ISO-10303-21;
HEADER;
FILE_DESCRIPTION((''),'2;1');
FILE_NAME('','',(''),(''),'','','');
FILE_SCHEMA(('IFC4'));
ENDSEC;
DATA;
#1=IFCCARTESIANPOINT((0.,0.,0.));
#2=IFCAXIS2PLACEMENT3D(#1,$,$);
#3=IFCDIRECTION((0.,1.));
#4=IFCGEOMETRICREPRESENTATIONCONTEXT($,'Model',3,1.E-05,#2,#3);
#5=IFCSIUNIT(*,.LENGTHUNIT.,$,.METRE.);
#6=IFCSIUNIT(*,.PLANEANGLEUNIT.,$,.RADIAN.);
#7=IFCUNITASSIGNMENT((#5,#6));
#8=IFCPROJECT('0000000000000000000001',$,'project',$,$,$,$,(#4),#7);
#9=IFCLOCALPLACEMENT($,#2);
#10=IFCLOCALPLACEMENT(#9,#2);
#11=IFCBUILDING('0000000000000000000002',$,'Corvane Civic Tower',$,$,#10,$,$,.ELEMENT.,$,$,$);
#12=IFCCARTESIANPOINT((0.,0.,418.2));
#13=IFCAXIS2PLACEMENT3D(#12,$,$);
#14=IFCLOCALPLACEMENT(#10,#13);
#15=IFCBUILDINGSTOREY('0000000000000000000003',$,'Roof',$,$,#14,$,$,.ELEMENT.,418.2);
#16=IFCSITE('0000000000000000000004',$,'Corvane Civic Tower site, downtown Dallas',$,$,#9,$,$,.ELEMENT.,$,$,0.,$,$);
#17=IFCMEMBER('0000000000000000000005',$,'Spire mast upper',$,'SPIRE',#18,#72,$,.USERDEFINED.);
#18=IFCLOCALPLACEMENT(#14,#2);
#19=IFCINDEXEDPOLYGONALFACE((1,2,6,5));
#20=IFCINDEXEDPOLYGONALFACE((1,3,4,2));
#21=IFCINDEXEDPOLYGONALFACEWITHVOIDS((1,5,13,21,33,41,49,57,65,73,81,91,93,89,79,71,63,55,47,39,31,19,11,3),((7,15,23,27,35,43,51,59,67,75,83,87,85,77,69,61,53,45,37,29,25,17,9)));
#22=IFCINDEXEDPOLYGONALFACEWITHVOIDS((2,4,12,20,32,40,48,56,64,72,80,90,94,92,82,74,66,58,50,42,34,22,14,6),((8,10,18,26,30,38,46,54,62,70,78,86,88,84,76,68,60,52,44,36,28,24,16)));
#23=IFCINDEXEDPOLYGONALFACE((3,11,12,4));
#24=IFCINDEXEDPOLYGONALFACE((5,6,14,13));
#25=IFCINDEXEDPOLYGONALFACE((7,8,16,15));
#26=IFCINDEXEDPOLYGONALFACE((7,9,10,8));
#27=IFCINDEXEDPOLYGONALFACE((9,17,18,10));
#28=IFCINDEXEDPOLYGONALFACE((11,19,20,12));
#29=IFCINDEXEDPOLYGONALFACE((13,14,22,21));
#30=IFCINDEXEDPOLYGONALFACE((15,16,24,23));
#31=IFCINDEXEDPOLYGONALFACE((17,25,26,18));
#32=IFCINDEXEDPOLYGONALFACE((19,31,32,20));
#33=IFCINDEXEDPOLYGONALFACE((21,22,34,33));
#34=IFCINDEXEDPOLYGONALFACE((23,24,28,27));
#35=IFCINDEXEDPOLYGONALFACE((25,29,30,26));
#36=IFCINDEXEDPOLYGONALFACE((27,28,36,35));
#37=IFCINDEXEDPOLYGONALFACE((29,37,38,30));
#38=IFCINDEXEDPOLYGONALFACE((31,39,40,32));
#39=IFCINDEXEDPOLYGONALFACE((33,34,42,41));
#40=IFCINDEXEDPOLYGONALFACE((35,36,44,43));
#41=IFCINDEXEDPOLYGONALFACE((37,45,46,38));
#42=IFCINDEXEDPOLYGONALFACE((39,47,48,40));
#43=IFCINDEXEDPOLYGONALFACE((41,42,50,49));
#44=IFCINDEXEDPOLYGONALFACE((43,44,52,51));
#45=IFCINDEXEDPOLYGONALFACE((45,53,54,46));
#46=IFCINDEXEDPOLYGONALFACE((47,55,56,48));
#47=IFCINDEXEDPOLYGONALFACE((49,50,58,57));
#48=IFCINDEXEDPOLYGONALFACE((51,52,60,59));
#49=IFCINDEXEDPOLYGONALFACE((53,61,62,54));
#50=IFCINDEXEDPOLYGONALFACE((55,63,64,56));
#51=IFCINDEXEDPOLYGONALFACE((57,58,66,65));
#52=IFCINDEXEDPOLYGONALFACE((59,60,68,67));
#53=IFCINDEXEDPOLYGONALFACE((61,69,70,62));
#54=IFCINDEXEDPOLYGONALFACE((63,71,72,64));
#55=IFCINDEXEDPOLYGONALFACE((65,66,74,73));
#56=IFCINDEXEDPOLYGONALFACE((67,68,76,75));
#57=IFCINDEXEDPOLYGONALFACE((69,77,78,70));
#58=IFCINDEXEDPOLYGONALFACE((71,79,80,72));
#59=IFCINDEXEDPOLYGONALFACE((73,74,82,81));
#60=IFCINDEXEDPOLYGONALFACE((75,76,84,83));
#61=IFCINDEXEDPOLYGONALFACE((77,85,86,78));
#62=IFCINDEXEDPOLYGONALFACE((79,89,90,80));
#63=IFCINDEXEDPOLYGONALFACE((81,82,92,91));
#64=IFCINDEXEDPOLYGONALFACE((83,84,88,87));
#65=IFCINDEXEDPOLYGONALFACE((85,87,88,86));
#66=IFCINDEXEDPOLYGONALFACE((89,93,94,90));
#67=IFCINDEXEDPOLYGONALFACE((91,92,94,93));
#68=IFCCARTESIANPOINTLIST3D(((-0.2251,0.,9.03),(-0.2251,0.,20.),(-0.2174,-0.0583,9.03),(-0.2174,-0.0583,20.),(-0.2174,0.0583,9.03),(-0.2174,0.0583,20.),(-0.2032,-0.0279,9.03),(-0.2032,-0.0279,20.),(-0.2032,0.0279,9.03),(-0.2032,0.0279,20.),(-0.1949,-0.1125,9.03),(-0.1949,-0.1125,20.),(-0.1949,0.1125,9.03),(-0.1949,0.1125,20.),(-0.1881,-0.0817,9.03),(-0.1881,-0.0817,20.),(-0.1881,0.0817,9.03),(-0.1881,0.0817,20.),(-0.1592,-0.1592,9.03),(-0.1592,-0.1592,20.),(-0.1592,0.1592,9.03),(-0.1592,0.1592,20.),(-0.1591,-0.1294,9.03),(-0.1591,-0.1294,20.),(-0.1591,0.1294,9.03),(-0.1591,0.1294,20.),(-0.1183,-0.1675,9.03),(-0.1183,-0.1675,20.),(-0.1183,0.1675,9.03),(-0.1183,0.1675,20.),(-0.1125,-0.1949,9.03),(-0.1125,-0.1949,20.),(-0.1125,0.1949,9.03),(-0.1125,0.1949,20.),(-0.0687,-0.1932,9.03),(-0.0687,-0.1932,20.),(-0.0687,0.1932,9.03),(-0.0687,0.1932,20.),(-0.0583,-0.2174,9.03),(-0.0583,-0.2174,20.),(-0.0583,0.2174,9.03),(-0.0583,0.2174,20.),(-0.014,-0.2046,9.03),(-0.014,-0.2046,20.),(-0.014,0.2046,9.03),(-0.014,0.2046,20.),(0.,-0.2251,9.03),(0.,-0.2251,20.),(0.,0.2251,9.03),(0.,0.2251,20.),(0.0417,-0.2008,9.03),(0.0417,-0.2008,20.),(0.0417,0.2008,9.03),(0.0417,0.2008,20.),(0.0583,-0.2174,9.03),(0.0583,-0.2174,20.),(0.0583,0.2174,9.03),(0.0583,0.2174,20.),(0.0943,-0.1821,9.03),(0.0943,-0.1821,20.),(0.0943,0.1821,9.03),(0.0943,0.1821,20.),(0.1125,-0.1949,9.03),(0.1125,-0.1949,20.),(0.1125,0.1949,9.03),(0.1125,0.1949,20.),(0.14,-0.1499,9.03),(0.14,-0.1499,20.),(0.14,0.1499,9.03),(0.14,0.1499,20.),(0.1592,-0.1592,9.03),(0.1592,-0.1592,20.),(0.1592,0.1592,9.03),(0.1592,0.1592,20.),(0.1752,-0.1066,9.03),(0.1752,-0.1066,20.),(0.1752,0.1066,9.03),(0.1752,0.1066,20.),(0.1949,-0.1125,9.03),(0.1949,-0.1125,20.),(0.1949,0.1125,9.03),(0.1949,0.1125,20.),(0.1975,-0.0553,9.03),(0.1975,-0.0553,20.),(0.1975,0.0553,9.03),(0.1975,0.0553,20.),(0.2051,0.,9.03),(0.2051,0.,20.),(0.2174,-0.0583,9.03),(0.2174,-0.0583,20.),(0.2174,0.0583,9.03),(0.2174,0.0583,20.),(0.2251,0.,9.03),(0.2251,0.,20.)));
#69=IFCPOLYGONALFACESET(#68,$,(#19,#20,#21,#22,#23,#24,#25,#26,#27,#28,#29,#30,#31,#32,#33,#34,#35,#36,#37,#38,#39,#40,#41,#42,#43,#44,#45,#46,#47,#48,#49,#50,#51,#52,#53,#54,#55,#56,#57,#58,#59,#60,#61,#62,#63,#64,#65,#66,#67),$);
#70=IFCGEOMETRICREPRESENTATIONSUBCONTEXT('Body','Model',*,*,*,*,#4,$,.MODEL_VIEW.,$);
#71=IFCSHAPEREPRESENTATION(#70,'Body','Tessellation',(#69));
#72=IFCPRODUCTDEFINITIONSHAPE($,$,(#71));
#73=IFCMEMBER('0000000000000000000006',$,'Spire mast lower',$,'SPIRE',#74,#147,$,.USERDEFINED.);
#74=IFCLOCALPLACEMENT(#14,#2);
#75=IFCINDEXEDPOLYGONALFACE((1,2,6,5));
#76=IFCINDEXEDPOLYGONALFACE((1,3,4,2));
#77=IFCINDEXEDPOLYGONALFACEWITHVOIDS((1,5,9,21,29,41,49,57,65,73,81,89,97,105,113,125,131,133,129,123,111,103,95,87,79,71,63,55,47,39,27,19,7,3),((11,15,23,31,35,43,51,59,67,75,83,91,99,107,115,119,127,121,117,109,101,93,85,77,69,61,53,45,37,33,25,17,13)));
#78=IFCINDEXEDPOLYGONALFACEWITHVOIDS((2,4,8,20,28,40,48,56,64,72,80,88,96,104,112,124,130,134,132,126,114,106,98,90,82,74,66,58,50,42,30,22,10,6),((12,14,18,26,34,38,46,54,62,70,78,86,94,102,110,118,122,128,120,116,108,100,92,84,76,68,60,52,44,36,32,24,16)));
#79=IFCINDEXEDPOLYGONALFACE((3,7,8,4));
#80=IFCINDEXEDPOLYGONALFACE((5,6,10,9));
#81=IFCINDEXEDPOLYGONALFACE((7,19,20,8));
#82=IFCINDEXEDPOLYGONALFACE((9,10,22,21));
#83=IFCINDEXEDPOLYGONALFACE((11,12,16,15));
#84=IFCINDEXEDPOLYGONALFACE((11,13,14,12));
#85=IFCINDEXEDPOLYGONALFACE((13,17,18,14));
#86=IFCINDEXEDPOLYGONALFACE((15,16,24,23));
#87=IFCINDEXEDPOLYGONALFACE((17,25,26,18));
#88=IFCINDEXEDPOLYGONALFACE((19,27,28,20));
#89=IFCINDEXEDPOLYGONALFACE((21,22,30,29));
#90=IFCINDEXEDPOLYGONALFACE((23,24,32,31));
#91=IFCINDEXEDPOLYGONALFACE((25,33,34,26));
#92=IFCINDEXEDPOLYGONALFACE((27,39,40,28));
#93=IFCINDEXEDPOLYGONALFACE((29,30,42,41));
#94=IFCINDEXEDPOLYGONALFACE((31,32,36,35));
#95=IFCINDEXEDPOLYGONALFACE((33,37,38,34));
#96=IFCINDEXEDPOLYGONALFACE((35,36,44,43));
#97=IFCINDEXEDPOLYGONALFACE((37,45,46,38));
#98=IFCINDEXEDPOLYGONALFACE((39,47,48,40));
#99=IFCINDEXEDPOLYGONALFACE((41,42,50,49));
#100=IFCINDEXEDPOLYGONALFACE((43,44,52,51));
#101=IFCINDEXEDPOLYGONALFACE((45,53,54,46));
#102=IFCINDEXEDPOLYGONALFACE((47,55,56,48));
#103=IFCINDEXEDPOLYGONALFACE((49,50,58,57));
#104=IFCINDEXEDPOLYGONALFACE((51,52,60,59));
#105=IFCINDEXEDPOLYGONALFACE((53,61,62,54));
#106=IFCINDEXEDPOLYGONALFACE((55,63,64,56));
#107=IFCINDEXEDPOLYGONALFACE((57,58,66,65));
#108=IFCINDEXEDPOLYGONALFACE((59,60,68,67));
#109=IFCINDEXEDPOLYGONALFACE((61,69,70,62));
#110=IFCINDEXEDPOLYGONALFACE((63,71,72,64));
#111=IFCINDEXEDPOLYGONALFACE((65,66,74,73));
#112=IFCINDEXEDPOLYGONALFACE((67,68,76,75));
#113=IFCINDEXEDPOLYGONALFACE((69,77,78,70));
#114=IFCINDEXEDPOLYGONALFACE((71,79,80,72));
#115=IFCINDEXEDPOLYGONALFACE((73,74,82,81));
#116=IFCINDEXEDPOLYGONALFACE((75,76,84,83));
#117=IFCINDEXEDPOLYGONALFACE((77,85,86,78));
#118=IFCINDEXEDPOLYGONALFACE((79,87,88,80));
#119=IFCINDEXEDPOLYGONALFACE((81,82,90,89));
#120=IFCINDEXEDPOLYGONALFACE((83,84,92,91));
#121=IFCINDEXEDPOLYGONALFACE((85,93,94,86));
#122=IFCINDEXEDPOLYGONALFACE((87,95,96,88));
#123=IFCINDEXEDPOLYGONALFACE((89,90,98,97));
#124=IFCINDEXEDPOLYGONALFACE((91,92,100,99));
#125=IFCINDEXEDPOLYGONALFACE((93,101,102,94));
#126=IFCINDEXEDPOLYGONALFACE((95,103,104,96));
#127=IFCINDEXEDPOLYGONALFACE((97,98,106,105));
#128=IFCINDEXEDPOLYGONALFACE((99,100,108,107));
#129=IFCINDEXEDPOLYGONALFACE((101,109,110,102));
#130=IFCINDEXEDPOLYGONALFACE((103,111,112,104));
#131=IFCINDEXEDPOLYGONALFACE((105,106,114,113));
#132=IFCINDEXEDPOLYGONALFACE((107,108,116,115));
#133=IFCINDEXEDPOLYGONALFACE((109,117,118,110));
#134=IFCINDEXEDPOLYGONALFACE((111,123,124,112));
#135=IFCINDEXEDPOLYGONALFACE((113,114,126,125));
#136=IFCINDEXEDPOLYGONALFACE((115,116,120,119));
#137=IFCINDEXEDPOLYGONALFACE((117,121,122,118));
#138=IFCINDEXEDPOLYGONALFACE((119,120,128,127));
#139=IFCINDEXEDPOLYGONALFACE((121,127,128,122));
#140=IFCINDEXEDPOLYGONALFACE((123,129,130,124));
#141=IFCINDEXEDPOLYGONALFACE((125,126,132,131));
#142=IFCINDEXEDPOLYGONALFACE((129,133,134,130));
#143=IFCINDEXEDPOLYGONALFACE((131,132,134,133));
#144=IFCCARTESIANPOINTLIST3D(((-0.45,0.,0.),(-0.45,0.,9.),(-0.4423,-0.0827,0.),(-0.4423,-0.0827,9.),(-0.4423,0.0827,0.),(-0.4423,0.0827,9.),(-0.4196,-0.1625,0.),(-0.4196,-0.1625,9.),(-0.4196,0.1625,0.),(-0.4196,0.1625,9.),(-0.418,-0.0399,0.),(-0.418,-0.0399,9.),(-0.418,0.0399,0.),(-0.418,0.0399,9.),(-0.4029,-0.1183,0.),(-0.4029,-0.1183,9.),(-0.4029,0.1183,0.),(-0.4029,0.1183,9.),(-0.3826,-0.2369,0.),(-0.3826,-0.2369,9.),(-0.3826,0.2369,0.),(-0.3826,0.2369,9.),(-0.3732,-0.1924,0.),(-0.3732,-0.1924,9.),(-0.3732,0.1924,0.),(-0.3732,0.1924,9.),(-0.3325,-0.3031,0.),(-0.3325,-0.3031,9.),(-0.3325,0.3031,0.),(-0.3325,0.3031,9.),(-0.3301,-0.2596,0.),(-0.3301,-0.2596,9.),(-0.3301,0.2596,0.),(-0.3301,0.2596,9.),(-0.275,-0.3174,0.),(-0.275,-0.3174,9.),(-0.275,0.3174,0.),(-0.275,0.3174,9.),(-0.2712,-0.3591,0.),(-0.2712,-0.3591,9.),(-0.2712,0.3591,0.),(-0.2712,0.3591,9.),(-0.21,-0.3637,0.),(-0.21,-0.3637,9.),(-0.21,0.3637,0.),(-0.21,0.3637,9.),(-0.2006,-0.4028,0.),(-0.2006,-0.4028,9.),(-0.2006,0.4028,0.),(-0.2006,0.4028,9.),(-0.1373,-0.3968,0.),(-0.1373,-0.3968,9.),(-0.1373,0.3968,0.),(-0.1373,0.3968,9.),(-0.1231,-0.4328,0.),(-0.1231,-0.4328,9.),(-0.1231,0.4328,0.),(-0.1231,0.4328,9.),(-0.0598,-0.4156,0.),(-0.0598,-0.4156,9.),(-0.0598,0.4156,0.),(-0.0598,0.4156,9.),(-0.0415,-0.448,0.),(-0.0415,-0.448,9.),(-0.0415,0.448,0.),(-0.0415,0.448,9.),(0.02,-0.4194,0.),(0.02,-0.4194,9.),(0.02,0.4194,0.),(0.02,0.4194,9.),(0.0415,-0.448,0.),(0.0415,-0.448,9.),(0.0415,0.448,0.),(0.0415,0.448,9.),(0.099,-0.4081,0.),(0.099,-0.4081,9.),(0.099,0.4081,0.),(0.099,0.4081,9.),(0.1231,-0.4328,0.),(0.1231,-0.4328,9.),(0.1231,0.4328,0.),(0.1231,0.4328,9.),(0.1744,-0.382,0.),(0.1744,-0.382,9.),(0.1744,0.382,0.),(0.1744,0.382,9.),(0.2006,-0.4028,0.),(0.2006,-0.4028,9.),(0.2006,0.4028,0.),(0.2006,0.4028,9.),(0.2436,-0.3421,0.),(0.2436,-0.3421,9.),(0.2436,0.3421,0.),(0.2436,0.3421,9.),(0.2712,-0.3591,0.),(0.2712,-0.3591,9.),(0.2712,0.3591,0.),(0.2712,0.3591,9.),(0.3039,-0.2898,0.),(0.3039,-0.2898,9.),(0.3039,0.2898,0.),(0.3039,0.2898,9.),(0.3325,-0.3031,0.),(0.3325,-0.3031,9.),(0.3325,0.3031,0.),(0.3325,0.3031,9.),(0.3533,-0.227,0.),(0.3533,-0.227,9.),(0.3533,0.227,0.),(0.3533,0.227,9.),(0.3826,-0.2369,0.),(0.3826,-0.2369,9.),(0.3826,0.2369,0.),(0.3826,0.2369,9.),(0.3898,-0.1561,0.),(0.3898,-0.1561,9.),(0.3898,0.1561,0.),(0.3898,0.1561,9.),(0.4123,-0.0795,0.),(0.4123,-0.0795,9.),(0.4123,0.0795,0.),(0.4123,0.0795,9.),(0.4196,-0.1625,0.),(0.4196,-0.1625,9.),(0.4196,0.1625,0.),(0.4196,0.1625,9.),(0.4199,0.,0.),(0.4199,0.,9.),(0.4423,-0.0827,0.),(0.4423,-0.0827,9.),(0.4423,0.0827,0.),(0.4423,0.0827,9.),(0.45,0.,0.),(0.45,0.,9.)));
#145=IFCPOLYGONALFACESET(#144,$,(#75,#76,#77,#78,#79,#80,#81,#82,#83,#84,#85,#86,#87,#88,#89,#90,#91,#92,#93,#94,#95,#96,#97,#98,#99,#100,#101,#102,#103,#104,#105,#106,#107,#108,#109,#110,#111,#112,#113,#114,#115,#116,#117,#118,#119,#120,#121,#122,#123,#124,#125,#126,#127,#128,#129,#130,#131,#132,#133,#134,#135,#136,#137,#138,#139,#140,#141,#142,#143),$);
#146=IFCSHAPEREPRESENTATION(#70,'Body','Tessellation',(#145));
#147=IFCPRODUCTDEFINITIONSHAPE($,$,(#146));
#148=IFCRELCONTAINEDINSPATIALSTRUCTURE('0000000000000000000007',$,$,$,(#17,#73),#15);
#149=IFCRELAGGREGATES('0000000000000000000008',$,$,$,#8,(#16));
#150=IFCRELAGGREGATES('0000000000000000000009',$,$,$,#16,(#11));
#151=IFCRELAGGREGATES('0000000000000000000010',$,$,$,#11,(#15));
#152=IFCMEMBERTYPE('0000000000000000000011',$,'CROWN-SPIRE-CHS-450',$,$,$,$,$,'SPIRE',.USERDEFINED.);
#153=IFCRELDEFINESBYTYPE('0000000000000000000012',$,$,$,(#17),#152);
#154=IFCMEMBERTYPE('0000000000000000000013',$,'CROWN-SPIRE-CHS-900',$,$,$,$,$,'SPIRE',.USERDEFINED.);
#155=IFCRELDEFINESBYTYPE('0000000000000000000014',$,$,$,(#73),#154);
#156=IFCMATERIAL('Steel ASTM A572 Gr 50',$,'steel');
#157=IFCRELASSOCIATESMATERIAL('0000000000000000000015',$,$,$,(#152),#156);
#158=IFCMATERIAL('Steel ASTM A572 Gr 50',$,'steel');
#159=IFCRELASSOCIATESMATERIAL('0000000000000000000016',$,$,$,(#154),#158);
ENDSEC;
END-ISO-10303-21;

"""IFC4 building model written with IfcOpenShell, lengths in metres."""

from ifc_helpers import new_model, si_unit, direction, frame, origin, origin_with_axes, origin_2d, place, context, subcontext, project, spatial, hollow_circle, extrude, material, material_profile, profile_set, type_object, element, save


model = new_model("IFC4")

# Units and contexts
model_context = context("Model", 3, precision=1e-05, world=origin(), true_north=direction((0.0, 1.0)))
body_context = subcontext(model_context, "Body", "Model", "MODEL_VIEW")
ifc_project = project(units=[si_unit("LENGTHUNIT", "METRE"), si_unit("PLANEANGLEUNIT", "RADIAN")], contexts=[model_context])

# Site, building, storey
site_placement = place(None, origin())
site = spatial("IfcSite", under=ifc_project, at=site_placement, Name="Corvane Civic Tower site, downtown Dallas", CompositionType="ELEMENT", RefElevation=0.0)
building_placement = place(site_placement, origin())
building = spatial("IfcBuilding", under=site, at=building_placement, Name="Corvane Civic Tower", CompositionType="ELEMENT")
storey_placement = place(building_placement, frame((0.0, 0.0, 418.2)))
storey = spatial("IfcBuildingStorey", under=building, at=storey_placement, Name="Roof", CompositionType="ELEMENT", Elevation=418.2)

# Members
ifc_material_1 = material(Name="Steel ASTM A572 Gr 50", Category="steel")
ifc_material_profile_1 = material_profile(ifc_material_1, hollow_circle(Radius=0.2251, WallThickness=0.02, at=origin_2d()), Name="CHS 450x20")
ifc_profile_set_1 = profile_set([ifc_material_profile_1], Name="Steel ASTM A572 Gr 50")
member_type_1 = type_object("IfcMemberType", Name="CROWN-SPIRE-CHS-450", ElementType="SPIRE", PredefinedType="USERDEFINED", material=ifc_profile_set_1)
member_1_placement = place(storey_placement, frame((0.0, 0.0, 9.03), z_axis=(0.0, 0.0, 1.0), x_axis=(1.0, 0.0, 0.0)))
element("IfcMember", 1, at=member_1_placement, inside=storey, type_object=member_type_1, Name="Spire mast upper", ObjectType="SPIRE", PredefinedType="USERDEFINED", context=body_context, shape_type="SweptSolid", body=[
    extrude(hollow_circle(Radius=0.2251, WallThickness=0.02, at=origin_2d()), origin(), (0.0, 0.0, 1.0), 10.97),
])
ifc_material_2 = material(Name="Steel ASTM A572 Gr 50", Category="steel")
ifc_material_profile_2 = material_profile(ifc_material_2, hollow_circle(Radius=0.45, WallThickness=0.03, at=origin_2d()), Name="CHS 900x30")
ifc_profile_set_2 = profile_set([ifc_material_profile_2], Name="Steel ASTM A572 Gr 50")
member_type_2 = type_object("IfcMemberType", Name="CROWN-SPIRE-CHS-900", ElementType="SPIRE", PredefinedType="USERDEFINED", material=ifc_profile_set_2)
member_2_placement = place(storey_placement, origin_with_axes())
element("IfcMember", 2, at=member_2_placement, inside=storey, type_object=member_type_2, Name="Spire mast lower", ObjectType="SPIRE", PredefinedType="USERDEFINED", context=body_context, shape_type="SweptSolid", body=[
    extrude(hollow_circle(Radius=0.45, WallThickness=0.03, at=origin_2d()), origin(), (0.0, 0.0, 1.0), 9.0),
])

save(model, "model.ifc")
